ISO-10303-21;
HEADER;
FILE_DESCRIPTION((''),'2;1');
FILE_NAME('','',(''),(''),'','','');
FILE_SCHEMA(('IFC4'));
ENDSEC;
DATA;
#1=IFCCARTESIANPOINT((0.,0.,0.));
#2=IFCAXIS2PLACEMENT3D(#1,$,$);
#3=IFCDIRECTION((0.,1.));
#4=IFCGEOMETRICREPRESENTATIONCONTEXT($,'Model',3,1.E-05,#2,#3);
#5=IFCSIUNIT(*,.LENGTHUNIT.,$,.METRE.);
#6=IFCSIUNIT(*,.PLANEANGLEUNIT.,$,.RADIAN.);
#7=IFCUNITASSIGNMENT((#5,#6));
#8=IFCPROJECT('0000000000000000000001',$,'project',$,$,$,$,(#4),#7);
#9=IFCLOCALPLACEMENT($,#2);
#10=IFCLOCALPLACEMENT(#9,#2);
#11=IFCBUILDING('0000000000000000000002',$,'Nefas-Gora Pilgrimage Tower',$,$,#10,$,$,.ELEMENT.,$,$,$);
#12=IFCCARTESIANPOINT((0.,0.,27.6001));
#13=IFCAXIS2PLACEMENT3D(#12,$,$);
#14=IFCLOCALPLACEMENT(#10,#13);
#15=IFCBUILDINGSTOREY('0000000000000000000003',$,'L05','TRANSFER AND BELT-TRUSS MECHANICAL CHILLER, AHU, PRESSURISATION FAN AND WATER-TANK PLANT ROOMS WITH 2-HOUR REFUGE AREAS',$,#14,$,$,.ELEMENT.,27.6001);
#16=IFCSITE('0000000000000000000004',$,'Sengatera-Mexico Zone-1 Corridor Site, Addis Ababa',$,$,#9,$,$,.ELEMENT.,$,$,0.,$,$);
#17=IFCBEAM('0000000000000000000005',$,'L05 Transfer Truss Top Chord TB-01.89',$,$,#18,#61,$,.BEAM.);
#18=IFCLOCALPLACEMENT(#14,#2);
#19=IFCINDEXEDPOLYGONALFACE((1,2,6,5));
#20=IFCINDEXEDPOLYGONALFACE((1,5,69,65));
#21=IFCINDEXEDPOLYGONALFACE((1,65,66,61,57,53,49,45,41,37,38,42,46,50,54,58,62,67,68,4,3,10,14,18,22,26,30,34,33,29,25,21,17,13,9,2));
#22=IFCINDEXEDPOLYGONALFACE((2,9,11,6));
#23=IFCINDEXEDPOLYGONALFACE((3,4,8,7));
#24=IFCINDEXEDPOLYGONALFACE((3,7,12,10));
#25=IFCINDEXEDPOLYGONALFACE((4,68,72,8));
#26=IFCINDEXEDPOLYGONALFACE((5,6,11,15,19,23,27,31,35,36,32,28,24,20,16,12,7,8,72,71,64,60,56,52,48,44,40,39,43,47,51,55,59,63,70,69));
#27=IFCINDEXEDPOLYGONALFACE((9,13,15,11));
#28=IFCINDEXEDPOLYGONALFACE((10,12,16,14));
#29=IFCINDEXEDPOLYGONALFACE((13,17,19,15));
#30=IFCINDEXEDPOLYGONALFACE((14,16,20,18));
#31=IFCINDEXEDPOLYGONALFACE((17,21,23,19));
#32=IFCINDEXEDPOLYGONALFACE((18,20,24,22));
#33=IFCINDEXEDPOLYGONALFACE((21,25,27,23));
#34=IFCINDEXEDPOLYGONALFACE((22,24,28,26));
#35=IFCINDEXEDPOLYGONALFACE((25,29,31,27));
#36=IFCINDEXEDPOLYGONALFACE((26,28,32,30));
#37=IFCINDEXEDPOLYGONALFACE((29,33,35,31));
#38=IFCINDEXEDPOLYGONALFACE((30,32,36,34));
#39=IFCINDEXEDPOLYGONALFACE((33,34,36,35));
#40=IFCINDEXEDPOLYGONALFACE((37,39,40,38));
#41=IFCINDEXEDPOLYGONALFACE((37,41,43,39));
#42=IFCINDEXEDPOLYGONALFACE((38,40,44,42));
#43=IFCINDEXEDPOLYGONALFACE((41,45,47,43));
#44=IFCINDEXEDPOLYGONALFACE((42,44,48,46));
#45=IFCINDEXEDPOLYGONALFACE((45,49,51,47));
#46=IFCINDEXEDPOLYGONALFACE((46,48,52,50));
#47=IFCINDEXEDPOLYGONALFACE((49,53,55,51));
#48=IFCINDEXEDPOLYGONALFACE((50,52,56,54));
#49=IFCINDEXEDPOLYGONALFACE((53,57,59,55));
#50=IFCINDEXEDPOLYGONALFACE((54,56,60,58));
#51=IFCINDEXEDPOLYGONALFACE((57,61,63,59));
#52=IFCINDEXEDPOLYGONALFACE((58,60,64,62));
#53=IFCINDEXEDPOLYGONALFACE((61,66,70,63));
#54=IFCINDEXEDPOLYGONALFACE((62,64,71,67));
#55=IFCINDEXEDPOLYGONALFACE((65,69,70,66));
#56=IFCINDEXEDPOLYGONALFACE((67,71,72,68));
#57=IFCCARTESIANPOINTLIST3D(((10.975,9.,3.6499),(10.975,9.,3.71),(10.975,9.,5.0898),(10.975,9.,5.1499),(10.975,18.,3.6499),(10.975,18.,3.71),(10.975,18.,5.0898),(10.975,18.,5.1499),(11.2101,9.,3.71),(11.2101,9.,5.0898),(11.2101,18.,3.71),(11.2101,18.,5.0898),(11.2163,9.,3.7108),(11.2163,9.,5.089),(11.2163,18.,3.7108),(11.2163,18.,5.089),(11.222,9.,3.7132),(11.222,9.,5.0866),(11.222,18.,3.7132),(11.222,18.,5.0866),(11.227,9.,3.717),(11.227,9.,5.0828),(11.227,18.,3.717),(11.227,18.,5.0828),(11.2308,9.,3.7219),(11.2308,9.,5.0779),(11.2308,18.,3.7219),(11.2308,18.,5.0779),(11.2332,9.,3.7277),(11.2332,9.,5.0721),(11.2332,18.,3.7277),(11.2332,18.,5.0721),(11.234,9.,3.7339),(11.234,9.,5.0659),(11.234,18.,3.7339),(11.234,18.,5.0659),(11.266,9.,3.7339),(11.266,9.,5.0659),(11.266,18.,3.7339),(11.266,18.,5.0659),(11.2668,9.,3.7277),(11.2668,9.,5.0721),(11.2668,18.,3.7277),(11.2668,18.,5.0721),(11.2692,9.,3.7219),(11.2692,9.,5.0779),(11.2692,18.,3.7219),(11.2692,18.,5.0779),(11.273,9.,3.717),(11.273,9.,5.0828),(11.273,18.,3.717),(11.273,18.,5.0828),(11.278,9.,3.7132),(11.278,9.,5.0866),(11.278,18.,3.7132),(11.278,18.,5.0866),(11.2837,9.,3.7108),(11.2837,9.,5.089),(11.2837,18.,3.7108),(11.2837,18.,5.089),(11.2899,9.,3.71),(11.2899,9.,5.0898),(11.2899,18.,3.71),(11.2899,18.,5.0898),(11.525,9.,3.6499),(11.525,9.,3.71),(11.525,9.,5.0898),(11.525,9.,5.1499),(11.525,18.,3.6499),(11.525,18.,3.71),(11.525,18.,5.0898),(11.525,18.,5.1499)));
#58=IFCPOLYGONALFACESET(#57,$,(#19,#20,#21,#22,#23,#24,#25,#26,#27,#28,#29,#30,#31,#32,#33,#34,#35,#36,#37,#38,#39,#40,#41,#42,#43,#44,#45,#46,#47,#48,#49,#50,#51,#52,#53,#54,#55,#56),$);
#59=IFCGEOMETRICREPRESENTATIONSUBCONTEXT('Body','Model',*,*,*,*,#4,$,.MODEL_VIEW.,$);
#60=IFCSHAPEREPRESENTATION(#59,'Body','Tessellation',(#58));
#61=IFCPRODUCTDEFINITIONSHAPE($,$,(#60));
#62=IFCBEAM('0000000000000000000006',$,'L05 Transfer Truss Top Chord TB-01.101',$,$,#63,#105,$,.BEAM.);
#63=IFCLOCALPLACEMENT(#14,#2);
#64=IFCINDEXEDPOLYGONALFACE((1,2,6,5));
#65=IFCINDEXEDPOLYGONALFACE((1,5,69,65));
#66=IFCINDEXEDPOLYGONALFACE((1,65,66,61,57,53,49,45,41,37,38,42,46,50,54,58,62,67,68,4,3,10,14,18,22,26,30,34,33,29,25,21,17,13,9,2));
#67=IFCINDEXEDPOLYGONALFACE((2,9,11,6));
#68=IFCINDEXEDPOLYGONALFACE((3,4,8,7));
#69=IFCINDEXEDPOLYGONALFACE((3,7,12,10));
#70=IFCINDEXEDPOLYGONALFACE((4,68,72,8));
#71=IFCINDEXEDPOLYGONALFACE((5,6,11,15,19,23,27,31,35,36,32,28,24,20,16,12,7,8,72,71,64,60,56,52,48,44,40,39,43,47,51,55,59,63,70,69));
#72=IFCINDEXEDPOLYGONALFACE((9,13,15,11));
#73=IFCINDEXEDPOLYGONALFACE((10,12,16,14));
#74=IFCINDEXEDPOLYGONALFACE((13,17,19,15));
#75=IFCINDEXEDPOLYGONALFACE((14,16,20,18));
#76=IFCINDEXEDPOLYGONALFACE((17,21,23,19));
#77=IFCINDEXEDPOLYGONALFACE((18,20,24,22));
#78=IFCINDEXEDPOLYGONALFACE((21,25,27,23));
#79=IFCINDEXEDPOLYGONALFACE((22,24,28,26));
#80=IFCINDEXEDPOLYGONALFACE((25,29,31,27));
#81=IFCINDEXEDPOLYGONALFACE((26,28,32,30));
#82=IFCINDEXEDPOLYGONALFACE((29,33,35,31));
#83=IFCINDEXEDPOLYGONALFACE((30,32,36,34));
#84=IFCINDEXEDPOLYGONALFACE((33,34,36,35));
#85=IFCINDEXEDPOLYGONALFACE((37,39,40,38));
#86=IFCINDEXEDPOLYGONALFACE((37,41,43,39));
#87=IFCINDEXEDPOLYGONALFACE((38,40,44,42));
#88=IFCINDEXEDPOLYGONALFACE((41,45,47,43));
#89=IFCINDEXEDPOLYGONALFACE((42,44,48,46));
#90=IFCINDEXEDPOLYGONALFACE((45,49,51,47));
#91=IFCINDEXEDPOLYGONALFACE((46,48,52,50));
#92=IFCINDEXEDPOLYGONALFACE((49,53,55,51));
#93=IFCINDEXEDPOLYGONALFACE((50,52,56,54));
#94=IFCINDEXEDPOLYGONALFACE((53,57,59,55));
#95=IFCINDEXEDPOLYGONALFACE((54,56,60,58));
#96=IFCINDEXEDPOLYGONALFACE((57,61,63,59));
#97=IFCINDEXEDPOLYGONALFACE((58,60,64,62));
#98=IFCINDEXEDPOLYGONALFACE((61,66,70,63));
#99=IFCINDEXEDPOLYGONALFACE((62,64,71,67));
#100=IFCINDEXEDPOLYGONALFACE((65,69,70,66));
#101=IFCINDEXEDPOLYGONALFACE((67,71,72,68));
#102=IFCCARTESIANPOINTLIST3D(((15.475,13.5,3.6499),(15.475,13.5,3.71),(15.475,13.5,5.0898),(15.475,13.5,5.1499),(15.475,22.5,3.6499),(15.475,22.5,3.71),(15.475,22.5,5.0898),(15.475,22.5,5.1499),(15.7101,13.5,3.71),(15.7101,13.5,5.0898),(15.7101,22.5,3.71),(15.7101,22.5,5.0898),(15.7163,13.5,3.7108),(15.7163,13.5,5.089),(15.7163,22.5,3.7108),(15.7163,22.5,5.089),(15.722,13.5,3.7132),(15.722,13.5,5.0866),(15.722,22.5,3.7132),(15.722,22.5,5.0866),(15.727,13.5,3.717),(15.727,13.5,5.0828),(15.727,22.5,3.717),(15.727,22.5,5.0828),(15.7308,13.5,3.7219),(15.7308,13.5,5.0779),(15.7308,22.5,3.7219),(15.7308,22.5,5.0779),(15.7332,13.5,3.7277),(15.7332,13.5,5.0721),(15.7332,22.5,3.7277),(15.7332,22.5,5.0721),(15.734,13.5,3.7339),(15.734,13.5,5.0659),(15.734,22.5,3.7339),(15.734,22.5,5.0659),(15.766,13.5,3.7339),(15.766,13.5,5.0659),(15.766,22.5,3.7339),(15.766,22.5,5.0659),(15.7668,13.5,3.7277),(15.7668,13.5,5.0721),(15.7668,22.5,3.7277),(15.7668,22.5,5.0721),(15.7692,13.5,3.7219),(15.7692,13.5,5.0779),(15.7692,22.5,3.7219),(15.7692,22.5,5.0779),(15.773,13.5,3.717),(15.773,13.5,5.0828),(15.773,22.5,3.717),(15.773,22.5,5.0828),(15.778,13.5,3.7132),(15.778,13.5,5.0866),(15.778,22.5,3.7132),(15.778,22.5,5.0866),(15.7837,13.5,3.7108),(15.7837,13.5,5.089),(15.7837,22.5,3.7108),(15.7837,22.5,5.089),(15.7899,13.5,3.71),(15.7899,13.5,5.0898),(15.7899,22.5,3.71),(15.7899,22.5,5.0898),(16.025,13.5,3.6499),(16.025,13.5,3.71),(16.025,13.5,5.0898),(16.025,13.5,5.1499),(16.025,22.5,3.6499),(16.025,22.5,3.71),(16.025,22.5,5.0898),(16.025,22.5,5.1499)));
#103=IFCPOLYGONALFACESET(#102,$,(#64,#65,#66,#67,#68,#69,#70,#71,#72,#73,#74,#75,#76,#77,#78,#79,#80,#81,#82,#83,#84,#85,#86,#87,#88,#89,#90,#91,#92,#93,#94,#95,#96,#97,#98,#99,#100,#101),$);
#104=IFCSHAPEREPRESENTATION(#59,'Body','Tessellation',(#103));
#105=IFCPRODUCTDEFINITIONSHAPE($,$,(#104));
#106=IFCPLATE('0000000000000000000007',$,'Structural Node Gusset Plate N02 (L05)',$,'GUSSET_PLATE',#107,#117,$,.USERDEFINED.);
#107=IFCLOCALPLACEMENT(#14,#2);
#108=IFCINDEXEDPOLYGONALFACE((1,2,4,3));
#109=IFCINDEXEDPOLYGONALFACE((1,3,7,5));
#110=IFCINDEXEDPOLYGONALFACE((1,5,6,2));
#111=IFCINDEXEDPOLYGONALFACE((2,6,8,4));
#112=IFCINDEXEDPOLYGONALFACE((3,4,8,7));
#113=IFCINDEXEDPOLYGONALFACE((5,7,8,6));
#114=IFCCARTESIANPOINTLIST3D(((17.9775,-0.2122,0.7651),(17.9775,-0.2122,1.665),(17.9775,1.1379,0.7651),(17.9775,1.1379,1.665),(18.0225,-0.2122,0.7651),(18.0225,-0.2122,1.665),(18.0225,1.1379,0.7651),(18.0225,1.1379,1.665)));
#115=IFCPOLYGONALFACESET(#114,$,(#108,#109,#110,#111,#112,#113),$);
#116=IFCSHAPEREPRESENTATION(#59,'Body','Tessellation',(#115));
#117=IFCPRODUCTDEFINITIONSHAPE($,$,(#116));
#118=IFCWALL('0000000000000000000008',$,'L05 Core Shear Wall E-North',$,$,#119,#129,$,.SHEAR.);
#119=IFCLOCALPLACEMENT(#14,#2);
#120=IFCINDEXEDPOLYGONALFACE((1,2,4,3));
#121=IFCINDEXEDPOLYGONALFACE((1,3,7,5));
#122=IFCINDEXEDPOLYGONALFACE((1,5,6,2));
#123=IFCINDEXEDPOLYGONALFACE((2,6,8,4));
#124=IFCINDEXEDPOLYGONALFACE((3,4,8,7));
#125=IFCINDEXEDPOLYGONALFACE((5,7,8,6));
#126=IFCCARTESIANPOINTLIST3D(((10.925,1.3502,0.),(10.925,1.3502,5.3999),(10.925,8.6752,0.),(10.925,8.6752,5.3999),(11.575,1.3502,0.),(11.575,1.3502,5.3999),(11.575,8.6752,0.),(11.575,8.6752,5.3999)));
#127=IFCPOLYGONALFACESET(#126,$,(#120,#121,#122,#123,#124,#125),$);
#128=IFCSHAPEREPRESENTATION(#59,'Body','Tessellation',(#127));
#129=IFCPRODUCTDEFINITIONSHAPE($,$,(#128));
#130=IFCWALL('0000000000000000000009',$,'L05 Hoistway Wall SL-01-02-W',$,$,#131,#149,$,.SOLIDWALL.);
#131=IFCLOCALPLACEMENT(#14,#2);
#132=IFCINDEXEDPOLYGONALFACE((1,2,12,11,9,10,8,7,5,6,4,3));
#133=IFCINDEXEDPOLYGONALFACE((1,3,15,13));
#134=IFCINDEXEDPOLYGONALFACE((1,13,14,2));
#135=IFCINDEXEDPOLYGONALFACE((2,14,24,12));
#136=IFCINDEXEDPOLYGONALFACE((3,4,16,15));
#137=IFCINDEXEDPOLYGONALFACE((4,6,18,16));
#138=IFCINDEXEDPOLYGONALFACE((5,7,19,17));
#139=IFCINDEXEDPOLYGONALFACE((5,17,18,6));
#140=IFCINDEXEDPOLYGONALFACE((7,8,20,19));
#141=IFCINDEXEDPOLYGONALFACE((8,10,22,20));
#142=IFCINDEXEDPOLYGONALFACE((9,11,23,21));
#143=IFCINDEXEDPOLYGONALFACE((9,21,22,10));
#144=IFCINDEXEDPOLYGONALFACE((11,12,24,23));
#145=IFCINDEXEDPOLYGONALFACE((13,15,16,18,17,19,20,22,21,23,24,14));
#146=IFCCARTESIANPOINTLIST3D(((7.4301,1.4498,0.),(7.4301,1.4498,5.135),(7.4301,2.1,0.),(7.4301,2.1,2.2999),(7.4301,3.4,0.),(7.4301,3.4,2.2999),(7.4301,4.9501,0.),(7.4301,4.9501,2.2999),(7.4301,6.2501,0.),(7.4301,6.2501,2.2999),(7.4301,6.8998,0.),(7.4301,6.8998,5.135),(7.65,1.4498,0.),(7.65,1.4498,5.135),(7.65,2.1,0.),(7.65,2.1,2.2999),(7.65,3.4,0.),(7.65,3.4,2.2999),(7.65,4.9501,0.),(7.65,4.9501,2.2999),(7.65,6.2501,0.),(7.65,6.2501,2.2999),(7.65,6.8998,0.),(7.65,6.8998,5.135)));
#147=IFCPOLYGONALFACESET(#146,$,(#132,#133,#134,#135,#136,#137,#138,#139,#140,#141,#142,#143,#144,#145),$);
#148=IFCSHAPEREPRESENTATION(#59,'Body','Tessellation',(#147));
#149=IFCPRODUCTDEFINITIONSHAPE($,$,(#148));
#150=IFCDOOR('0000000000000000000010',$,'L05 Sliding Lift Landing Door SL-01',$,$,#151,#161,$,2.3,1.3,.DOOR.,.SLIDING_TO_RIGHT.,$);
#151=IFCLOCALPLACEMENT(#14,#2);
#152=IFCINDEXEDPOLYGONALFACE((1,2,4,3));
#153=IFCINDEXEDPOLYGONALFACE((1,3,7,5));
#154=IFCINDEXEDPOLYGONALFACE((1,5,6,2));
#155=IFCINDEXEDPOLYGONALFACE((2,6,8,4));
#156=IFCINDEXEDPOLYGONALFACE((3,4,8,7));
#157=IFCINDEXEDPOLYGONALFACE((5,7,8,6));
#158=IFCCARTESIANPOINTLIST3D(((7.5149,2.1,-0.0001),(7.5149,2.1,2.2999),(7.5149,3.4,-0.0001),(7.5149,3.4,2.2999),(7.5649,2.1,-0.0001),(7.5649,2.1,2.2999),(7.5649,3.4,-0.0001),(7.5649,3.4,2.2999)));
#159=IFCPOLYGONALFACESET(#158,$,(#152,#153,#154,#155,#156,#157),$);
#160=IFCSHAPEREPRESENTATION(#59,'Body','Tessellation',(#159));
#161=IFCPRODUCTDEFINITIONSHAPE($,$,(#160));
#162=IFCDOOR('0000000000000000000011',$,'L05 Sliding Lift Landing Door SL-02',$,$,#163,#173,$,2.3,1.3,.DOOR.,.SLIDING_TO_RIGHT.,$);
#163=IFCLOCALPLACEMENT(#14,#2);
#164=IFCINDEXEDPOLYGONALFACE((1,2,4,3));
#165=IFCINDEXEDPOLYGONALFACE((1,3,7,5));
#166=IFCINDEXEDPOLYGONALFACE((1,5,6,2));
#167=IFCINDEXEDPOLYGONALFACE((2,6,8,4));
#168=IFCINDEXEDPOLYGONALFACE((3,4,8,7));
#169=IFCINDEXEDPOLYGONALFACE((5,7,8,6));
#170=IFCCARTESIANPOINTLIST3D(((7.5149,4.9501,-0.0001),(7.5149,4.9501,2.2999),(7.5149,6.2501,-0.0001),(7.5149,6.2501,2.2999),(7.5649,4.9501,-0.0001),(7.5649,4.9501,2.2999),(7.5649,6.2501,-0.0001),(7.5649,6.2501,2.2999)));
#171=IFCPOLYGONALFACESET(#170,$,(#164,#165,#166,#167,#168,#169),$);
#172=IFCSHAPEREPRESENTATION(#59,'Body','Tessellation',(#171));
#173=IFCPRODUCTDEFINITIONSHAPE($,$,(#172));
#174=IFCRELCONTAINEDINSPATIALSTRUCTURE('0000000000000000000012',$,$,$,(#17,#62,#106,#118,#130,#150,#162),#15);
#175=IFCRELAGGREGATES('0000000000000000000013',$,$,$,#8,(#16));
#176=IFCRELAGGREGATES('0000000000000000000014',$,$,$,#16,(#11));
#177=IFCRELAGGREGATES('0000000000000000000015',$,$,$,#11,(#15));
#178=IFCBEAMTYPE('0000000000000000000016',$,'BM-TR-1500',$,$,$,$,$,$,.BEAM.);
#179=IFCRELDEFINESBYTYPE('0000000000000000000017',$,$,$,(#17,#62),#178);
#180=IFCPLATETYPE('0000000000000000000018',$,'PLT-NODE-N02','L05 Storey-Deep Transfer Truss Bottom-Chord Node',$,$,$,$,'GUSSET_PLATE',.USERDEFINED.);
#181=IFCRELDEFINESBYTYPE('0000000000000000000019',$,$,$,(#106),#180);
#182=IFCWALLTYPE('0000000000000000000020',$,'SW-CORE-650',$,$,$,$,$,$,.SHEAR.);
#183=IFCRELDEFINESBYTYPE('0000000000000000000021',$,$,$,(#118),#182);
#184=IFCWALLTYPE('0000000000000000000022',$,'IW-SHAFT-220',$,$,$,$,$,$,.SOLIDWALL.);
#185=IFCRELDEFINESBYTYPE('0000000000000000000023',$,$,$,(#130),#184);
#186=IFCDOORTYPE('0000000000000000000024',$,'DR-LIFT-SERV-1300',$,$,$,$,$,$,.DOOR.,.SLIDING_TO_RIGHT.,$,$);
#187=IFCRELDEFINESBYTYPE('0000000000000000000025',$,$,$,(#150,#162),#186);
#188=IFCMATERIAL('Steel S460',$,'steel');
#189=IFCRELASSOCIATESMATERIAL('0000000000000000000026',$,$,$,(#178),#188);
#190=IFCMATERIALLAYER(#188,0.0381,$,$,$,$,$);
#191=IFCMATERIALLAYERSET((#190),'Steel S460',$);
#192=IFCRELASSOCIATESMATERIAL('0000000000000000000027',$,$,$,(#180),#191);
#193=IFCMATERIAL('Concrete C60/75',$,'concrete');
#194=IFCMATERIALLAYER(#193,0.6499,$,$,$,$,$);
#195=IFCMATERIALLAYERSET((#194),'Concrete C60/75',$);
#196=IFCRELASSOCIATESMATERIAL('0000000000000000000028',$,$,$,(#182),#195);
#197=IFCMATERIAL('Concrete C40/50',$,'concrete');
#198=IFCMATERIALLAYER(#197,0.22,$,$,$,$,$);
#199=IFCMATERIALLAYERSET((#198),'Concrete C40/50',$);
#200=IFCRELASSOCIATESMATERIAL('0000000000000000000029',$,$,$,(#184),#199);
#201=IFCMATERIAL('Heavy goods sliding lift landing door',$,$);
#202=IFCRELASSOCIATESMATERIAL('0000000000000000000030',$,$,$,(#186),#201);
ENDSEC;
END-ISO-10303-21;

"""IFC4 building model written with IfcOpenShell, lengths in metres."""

from ifc_helpers import new_model, si_unit, direction, frame, frame_2d, origin, origin_2d, place, context, subcontext, project, spatial, rectangle, i_section, extrude, source, transform, mapped, material, layer, layer_set, material_profile, profile_set, type_object, element, fill, save


model = new_model("IFC4")

# Units and contexts
model_context = context("Model", 3, precision=1e-05, world=origin(), true_north=direction((0.0, 1.0)))
body_context = subcontext(model_context, "Body", "Model", "MODEL_VIEW")
ifc_project = project(units=[si_unit("LENGTHUNIT", "METRE"), si_unit("PLANEANGLEUNIT", "RADIAN")], contexts=[model_context])

# Site, building, storey
site_placement = place(None, origin())
site = spatial("IfcSite", under=ifc_project, at=site_placement, Name="Sengatera-Mexico Zone-1 Corridor Site, Addis Ababa", CompositionType="ELEMENT", RefElevation=0.0)
building_placement = place(site_placement, origin())
building = spatial("IfcBuilding", under=site, at=building_placement, Name="Nefas-Gora Pilgrimage Tower", CompositionType="ELEMENT")
storey_placement = place(building_placement, frame((0.0, 0.0, 27.6001)))
storey = spatial("IfcBuildingStorey", under=building, at=storey_placement, Name="L05", Description="TRANSFER AND BELT-TRUSS MECHANICAL CHILLER, AHU, PRESSURISATION FAN AND WATER-TANK PLANT ROOMS WITH 2-HOUR REFUGE AREAS", CompositionType="ELEMENT", Elevation=27.6001)

# Shared definitions
ifc_material_1 = material(Name="Steel S460", Category="steel")

# Shared definitions
ifc_material_profile_1 = material_profile(ifc_material_1, i_section(OverallWidth=0.55, OverallDepth=1.5, WebThickness=0.032, FlangeThickness=0.0601, FilletRadius=0.0239, at=origin_2d()), Name="WPG 1500x550x32x60")
ifc_profile_set_1 = profile_set([ifc_material_profile_1], Name="Steel S460")
beam_type = type_object("IfcBeamType", Name="BM-TR-1500", PredefinedType="BEAM", material=ifc_profile_set_1)

# Beams
shared_shape_1 = source(origin(), body_context, "Body", "SweptSolid", [
    extrude(i_section(OverallWidth=0.55, OverallDepth=1.5, WebThickness=0.032, FlangeThickness=0.0601, FilletRadius=0.0239, at=origin_2d()), origin(), (0.0, 0.0, 1.0), 9.0),
])
for number, where, z_axis, x_axis, name in (
    (1, (11.25, 9.0, 4.3999), (0.0, 1.0, 0.0), (-1.0, 0.0, 0.0), "L05 Transfer Truss Top Chord TB-01.89"),
    (2, (15.75, 13.5, 4.3999), (0.0, 1.0, 0.0), (-1.0, 0.0, 0.0), "L05 Transfer Truss Top Chord TB-01.101"),
):
    element("IfcBeam", number, at=place(storey_placement, frame(where, z_axis=z_axis, x_axis=x_axis)), inside=storey, type_object=beam_type, Name=name, PredefinedType="BEAM", context=body_context, shape_type="MappedRepresentation", body=[
        mapped(shared_shape_1, transform((0.0, 0.0, 0.0), x_axis=(1.0, 0.0, 0.0), y_axis=(0.0, 1.0, 0.0), z_axis=(0.0, 0.0, 1.0), scale=1.0)),
    ])

# Plate
ifc_layer_1 = layer(ifc_material_1, 0.0381)
ifc_layer_set_1 = layer_set([ifc_layer_1], Name="Steel S460")
plate_type = type_object("IfcPlateType", Name="PLT-NODE-N02", Description="L05 Storey-Deep Transfer Truss Bottom-Chord Node", ElementType="GUSSET_PLATE", PredefinedType="USERDEFINED", material=ifc_layer_set_1)
shared_shape_2 = source(origin(), body_context, "Body", "SweptSolid", [
    extrude(rectangle(XDim=1.3501, YDim=0.0449, at=origin_2d()), origin(), (0.0, 0.0, 1.0), 0.8999),
])
plate_placement = place(storey_placement, frame((18.0, 0.4629, 0.7651), z_axis=(0.0, 0.0, 1.0), x_axis=(0.0, 1.0, 0.0)))
element("IfcPlate", 3, at=plate_placement, inside=storey, type_object=plate_type, Name="Structural Node Gusset Plate N02 (L05)", ObjectType="GUSSET_PLATE", PredefinedType="USERDEFINED", context=body_context, shape_type="MappedRepresentation", body=[
    mapped(shared_shape_2, transform((0.0, 0.0, 0.0), x_axis=(1.0, 0.0, 0.0), y_axis=(0.0, 1.0, 0.0), z_axis=(0.0, 0.0, 1.0), scale=1.0)),
])

# Wall
ifc_material_2 = material(Name="Concrete C60/75", Category="concrete")
ifc_layer_2 = layer(ifc_material_2, 0.6499)
ifc_layer_set_2 = layer_set([ifc_layer_2], Name="Concrete C60/75")
wall_type_1 = type_object("IfcWallType", Name="SW-CORE-650", PredefinedType="SHEAR", material=ifc_layer_set_2)
shared_shape_3 = source(origin(), body_context, "Body", "SweptSolid", [
    extrude(rectangle(XDim=7.325, YDim=0.6499, at=frame_2d((3.6626, 0.0))), origin(), (0.0, 0.0, 1.0), 5.3999),
])
wall_1_placement = place(storey_placement, frame((11.25, 1.3501, 0.0), z_axis=(0.0, 0.0, 1.0), x_axis=(0.0, 1.0, 0.0)))
element("IfcWall", 4, at=wall_1_placement, inside=storey, type_object=wall_type_1, Name="L05 Core Shear Wall E-North", PredefinedType="SHEAR", context=body_context, shape_type="MappedRepresentation", body=[
    mapped(shared_shape_3, transform((0.0, 0.0, 0.0), x_axis=(1.0, 0.0, 0.0), y_axis=(0.0, 1.0, 0.0), z_axis=(0.0, 0.0, 1.0), scale=1.0)),
])

# Wall, openings, doors
ifc_material_3 = material(Name="Concrete C40/50", Category="concrete")
ifc_layer_3 = layer(ifc_material_3, 0.22)
ifc_layer_set_3 = layer_set([ifc_layer_3], Name="Concrete C40/50")
wall_type_2 = type_object("IfcWallType", Name="IW-SHAFT-220", PredefinedType="SOLIDWALL", material=ifc_layer_set_3)
shared_shape_4 = source(origin(), body_context, "Body", "SweptSolid", [
    extrude(rectangle(XDim=5.45, YDim=0.22, at=frame_2d((2.7251, 0.0))), origin(), (0.0, 0.0, 1.0), 5.135),
])
wall_2_placement = place(storey_placement, frame((7.54, 6.8999, 0.0), z_axis=(0.0, 0.0, 1.0), x_axis=(0.0, -1.0, 0.0)))
wall_2 = element("IfcWall", 5, at=wall_2_placement, inside=storey, type_object=wall_type_2, Name="L05 Hoistway Wall SL-01-02-W", PredefinedType="SOLIDWALL", context=body_context, shape_type="MappedRepresentation", body=[
    mapped(shared_shape_4, transform((0.0, 0.0, 0.0), x_axis=(1.0, 0.0, 0.0), y_axis=(0.0, 1.0, 0.0), z_axis=(0.0, 0.0, 1.0), scale=1.0)),
])
opening_1_placement = place(wall_2_placement, frame((3.5, 0.0, 0.0)))
opening_1 = element("IfcOpeningElement", 6, at=opening_1_placement, cuts=wall_2, PredefinedType="OPENING", context=body_context, shape_type="SweptSolid", body=[
    extrude(rectangle(XDim=1.3, YDim=2.3, at=frame_2d((0.6499, 1.1499))), frame((0.0, 0.1199, 0.0), z_axis=(0.0, -1.0, 0.0), x_axis=(1.0, 0.0, 0.0)), (0.0, 0.0, 1.0), 0.24),
])
opening_2_placement = place(wall_2_placement, frame((0.6499, 0.0, 0.0)))
opening_2 = element("IfcOpeningElement", 7, at=opening_2_placement, cuts=wall_2, PredefinedType="OPENING", context=body_context, shape_type="SweptSolid", body=[
    extrude(rectangle(XDim=1.3, YDim=2.3, at=frame_2d((0.6499, 1.1499))), frame((0.0, 0.1199, 0.0), z_axis=(0.0, -1.0, 0.0), x_axis=(1.0, 0.0, 0.0)), (0.0, 0.0, 1.0), 0.24),
])
ifc_material_4 = material(Name="Heavy goods sliding lift landing door")
door_type_1 = type_object("IfcDoorType", Name="DR-LIFT-SERV-1300", OperationType="SLIDING_TO_RIGHT", PredefinedType="DOOR", material=ifc_material_4)
shared_shape_5 = source(origin(), body_context, "Body", "SweptSolid", [
    extrude(rectangle(XDim=1.3, YDim=2.3, at=frame_2d((0.6499, 1.1499))), frame((0.0, 0.0249, 0.0), z_axis=(0.0, -1.0, 0.0), x_axis=(1.0, 0.0, 0.0)), (0.0, 0.0, 1.0), 0.05),
])
door_1_placement = place(opening_1_placement, origin())
door_1 = element("IfcDoor", 8, at=door_1_placement, inside=storey, type_object=door_type_1, Name="L05 Sliding Lift Landing Door SL-01", OperationType="SLIDING_TO_RIGHT", OverallHeight=2.3, OverallWidth=1.3, PredefinedType="DOOR", context=body_context, shape_type="MappedRepresentation", body=[
    mapped(shared_shape_5, transform((0.0, 0.0, 0.0), x_axis=(1.0, 0.0, 0.0), y_axis=(0.0, 1.0, 0.0), z_axis=(0.0, 0.0, 1.0), scale=1.0)),
])
fill(opening_1, door_1)
door_2_placement = place(opening_2_placement, origin())
door_2 = element("IfcDoor", 9, at=door_2_placement, inside=storey, type_object=door_type_1, Name="L05 Sliding Lift Landing Door SL-02", OperationType="SLIDING_TO_RIGHT", OverallHeight=2.3, OverallWidth=1.3, PredefinedType="DOOR", context=body_context, shape_type="MappedRepresentation", body=[
    mapped(shared_shape_5, transform((0.0, 0.0, 0.0), x_axis=(1.0, 0.0, 0.0), y_axis=(0.0, 1.0, 0.0), z_axis=(0.0, 0.0, 1.0), scale=1.0)),
])
fill(opening_2, door_2)

save(model, "model.ifc")
